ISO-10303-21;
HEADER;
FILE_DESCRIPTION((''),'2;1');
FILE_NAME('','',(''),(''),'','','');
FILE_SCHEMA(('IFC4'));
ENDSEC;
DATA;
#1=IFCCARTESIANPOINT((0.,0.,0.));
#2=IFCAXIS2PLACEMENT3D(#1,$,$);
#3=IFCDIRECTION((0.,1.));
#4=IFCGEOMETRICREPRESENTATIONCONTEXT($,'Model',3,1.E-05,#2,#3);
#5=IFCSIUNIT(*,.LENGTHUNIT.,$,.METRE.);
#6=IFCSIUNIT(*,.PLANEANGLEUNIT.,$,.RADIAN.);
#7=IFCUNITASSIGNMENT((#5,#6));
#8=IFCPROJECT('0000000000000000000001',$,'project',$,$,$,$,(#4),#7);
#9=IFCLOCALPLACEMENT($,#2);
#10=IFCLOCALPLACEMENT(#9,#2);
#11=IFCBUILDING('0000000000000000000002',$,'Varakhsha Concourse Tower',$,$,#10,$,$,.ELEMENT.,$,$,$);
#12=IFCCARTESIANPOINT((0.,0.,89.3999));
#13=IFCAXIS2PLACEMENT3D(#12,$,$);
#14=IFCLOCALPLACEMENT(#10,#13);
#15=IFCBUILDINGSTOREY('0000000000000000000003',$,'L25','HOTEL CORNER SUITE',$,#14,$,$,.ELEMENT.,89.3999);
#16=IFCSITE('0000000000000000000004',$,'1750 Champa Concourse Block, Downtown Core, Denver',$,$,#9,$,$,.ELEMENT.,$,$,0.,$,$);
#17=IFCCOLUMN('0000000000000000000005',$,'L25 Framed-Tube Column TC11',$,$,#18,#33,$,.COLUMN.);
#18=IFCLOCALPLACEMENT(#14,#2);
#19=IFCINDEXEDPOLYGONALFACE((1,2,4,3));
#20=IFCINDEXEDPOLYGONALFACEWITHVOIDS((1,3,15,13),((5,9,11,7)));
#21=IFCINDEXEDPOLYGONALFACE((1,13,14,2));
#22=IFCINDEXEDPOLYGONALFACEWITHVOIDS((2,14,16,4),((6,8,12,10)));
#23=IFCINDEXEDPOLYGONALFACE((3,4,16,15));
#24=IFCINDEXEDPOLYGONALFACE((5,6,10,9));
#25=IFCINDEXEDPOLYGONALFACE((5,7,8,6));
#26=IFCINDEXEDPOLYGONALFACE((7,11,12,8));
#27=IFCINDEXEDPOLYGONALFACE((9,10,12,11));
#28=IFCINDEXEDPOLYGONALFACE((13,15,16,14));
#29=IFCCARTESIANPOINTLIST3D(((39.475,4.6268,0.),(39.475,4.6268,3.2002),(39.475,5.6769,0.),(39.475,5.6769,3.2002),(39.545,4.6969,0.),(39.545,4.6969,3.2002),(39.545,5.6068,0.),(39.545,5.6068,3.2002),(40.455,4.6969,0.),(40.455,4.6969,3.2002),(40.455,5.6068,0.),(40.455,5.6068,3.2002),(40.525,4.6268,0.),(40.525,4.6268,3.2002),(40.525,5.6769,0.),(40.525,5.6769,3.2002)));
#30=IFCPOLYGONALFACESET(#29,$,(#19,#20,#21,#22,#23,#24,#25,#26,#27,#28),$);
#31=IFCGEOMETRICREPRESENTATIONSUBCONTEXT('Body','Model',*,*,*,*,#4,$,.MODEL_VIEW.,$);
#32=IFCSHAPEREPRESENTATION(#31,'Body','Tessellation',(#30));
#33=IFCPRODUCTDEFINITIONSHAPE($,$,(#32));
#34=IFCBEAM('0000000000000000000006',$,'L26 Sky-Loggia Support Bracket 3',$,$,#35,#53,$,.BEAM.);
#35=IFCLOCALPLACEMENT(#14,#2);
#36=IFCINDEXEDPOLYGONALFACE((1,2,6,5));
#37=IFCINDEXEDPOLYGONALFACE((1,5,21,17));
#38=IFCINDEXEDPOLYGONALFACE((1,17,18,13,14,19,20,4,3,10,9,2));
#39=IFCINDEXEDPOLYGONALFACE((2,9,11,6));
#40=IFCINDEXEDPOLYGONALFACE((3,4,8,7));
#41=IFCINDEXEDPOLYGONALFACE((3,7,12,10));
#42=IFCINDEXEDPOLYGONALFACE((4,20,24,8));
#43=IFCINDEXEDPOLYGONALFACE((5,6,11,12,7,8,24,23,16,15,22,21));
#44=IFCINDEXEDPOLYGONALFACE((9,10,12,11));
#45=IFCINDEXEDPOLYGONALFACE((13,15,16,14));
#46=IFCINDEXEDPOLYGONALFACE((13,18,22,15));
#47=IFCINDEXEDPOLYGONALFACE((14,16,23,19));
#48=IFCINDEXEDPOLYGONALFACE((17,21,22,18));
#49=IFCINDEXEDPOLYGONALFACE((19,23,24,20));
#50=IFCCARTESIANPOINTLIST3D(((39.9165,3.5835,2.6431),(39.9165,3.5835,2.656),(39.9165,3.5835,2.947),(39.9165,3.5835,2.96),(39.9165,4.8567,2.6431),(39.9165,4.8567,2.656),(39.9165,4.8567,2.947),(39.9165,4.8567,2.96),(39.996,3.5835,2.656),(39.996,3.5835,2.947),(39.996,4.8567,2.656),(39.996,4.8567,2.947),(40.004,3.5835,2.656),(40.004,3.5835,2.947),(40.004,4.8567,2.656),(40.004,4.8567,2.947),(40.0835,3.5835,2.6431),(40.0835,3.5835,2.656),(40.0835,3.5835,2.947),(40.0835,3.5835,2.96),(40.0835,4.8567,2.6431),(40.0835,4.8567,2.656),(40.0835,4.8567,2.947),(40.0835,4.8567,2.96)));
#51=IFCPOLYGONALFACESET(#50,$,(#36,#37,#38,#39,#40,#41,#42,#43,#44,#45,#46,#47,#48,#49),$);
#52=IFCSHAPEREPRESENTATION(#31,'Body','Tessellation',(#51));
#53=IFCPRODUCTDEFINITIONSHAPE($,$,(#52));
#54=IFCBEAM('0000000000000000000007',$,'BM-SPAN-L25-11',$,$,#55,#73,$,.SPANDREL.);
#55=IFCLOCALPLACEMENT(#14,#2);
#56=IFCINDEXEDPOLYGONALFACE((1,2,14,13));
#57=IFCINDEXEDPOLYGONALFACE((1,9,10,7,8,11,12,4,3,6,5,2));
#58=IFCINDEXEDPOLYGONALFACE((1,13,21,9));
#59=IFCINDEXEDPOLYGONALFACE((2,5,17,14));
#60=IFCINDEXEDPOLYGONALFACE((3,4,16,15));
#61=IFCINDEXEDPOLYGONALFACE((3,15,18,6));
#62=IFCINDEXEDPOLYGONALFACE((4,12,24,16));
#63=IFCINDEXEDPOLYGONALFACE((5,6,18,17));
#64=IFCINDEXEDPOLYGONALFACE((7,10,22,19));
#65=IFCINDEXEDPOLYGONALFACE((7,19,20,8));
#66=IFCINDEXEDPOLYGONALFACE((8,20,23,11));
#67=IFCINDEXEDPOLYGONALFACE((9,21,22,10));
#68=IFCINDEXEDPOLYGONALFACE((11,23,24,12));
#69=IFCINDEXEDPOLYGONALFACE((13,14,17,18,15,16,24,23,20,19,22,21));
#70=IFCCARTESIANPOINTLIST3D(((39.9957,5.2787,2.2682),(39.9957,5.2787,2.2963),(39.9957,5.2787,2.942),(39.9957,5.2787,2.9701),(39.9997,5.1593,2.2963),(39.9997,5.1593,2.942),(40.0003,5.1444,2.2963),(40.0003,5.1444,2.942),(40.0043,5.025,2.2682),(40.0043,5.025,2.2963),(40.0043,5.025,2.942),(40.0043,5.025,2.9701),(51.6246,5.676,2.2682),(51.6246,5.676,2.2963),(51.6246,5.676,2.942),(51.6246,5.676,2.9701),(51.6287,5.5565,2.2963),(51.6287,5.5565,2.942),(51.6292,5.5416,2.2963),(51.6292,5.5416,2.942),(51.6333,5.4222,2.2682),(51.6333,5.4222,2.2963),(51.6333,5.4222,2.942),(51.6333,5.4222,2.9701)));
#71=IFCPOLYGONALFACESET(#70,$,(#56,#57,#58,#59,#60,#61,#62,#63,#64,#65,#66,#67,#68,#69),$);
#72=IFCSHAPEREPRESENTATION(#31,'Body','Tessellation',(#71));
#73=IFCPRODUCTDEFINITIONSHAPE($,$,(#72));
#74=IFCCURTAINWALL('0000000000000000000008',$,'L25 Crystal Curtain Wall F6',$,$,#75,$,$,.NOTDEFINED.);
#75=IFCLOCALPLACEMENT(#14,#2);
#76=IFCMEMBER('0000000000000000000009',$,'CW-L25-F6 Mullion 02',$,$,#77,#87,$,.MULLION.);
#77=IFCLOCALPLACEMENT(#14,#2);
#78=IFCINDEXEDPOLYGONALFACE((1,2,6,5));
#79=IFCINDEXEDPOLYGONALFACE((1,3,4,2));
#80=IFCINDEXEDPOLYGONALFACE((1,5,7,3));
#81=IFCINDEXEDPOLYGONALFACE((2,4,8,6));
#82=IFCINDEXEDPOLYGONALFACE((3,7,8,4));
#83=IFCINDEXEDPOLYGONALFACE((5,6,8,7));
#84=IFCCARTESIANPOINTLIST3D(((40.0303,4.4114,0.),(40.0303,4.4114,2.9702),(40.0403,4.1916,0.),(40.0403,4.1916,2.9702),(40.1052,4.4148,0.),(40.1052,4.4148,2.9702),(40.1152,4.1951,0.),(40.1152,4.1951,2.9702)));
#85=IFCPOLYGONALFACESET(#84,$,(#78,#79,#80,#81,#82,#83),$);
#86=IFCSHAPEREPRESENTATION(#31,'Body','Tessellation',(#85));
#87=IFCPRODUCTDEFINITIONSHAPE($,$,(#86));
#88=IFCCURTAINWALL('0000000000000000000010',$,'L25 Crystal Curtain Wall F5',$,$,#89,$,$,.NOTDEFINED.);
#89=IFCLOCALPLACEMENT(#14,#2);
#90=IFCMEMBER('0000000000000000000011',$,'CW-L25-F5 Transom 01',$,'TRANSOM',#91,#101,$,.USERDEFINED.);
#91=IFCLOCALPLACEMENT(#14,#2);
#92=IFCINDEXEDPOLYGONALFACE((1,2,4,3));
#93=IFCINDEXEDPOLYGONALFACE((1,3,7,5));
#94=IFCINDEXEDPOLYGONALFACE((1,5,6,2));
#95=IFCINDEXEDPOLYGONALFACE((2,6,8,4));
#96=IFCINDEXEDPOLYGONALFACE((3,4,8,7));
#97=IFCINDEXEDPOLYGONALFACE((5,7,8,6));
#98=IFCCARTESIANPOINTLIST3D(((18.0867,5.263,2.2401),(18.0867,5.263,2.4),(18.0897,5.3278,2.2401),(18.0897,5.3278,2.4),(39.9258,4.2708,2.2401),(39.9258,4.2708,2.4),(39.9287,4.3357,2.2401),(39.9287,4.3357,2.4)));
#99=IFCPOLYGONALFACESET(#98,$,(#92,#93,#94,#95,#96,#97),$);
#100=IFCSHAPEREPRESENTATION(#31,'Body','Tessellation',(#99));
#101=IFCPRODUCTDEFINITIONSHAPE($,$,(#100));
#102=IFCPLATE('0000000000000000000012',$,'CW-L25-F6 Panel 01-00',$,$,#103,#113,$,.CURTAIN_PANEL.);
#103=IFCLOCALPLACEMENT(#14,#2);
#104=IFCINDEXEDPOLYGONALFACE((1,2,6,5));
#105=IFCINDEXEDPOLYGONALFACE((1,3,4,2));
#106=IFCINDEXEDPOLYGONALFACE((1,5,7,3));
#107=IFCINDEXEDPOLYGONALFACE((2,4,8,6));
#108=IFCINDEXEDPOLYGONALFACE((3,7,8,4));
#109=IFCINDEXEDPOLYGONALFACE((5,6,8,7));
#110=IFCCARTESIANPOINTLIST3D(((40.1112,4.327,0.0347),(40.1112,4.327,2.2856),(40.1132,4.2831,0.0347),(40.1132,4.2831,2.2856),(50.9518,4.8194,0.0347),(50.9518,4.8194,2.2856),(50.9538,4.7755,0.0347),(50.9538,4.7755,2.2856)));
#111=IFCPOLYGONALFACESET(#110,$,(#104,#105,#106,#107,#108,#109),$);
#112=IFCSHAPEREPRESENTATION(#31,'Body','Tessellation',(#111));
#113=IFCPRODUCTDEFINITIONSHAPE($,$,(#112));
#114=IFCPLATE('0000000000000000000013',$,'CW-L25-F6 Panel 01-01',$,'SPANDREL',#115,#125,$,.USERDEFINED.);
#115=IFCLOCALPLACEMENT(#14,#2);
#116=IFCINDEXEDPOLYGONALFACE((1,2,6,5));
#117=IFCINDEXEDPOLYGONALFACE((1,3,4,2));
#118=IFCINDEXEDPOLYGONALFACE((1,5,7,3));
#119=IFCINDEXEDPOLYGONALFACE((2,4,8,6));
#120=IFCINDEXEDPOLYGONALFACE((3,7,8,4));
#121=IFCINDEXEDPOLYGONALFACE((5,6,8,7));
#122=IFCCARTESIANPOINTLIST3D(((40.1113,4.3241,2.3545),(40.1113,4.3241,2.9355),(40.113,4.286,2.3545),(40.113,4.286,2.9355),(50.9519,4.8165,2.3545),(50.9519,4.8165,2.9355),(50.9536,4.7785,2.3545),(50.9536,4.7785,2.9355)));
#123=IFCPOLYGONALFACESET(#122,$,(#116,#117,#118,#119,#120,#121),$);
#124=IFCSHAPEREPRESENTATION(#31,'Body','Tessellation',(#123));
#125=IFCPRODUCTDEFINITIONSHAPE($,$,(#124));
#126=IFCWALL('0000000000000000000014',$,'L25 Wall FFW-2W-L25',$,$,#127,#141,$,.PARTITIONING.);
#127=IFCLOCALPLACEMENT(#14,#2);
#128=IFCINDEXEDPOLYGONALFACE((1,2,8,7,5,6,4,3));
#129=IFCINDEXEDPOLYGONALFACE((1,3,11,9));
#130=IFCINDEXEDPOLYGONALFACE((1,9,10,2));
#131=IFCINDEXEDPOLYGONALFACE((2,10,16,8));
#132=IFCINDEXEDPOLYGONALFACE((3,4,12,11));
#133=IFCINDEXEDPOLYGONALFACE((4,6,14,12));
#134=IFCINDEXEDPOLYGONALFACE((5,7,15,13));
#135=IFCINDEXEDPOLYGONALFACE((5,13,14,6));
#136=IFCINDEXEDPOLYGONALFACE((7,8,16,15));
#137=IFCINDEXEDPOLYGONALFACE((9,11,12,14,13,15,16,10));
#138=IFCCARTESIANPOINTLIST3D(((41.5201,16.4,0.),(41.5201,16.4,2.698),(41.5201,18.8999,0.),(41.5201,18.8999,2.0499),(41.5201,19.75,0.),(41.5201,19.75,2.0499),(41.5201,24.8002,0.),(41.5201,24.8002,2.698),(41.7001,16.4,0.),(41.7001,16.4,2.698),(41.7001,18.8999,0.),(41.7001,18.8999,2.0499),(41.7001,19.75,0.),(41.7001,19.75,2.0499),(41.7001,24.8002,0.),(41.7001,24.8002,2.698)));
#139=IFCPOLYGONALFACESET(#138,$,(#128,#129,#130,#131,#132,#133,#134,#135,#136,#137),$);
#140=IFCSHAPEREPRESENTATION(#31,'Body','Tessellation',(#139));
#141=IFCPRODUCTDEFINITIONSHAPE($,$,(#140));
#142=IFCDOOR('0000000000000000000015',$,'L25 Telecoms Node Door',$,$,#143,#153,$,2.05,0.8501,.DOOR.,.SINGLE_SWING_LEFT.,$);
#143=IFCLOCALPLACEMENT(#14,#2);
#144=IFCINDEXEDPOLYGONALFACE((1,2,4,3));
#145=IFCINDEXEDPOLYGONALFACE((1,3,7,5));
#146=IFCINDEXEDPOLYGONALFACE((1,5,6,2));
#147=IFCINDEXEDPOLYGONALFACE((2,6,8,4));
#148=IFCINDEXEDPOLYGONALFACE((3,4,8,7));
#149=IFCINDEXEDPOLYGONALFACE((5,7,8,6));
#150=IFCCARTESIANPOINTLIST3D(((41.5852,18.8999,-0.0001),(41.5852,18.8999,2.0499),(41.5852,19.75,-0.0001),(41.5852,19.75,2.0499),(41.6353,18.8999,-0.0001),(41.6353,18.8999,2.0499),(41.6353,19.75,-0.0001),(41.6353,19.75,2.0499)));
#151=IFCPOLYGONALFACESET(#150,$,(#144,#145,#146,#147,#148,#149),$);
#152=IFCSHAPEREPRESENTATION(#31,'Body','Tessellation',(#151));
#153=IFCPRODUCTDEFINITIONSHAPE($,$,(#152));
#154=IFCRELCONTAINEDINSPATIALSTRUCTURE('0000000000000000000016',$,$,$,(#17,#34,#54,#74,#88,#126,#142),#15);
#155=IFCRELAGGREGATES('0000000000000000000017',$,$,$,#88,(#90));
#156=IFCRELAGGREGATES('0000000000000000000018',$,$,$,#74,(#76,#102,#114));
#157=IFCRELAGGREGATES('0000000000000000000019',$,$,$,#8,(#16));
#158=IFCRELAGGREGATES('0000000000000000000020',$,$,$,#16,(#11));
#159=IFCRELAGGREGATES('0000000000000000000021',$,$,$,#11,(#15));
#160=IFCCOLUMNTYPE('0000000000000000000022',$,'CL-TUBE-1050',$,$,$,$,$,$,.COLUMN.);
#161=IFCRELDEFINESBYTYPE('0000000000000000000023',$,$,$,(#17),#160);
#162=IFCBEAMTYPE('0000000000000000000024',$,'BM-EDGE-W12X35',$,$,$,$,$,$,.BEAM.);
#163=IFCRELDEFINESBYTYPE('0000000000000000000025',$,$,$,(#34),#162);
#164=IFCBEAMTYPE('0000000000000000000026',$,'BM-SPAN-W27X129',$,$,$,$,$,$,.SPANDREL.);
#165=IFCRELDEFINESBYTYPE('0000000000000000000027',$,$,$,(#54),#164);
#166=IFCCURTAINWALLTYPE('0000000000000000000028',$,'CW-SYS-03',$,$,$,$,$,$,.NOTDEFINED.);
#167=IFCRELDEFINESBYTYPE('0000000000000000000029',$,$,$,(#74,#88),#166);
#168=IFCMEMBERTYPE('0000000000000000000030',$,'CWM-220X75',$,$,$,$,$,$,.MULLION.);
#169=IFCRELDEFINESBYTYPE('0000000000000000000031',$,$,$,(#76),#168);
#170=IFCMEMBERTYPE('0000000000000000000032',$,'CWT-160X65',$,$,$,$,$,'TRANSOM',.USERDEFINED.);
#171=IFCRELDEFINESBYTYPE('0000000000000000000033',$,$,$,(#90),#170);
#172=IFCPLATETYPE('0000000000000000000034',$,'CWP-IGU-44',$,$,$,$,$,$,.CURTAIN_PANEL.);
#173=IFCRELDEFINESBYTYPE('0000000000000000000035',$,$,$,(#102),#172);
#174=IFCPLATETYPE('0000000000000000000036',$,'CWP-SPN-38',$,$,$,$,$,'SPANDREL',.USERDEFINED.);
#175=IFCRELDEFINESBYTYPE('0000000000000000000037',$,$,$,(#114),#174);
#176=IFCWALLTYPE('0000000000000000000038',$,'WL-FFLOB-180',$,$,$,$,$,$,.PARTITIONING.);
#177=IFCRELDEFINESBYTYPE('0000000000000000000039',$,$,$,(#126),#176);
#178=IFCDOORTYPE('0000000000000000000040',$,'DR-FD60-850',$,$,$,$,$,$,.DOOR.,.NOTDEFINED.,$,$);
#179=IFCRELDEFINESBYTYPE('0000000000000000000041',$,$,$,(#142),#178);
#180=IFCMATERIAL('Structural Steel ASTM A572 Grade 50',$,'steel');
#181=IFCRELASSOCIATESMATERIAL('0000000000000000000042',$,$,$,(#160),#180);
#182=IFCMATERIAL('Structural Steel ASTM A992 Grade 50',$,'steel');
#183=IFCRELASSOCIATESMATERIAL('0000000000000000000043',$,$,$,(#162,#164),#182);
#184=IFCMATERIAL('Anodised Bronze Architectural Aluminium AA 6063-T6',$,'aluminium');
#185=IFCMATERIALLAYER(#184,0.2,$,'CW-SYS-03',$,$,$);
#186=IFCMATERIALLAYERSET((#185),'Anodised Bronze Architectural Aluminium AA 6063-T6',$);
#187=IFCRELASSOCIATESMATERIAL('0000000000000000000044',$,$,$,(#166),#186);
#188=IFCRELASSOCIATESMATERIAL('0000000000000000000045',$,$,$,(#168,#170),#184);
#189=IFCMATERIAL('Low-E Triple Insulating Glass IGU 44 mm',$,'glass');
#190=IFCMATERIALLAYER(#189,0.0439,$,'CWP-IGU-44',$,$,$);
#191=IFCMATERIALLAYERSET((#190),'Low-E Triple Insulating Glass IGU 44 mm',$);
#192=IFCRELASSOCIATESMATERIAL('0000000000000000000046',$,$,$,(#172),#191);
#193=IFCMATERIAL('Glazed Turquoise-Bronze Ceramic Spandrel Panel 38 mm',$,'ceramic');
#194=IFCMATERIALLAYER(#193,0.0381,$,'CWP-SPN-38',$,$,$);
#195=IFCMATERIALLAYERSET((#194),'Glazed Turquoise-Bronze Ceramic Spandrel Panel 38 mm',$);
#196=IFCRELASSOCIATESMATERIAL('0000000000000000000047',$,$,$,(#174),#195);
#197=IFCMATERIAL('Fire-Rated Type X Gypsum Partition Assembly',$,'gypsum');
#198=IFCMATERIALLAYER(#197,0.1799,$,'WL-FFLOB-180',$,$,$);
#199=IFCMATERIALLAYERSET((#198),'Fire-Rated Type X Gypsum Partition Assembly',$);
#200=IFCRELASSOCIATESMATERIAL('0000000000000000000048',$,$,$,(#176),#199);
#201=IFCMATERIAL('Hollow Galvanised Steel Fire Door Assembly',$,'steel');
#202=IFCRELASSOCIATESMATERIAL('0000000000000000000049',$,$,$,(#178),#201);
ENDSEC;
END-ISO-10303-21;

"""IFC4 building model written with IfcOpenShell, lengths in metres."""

from ifc_helpers import new_model, si_unit, direction, frame, frame_2d, origin, origin_2d, place, context, subcontext, project, spatial, rectangle, hollow_rectangle, i_section, extrude, source, transform, mapped, material, layer, layer_set, material_profile, profile_set, type_object, type_shapes, element, fill, aggregate, save


model = new_model("IFC4")

# Units and contexts
model_context = context("Model", 3, precision=1e-05, world=origin(), true_north=direction((0.0, 1.0)))
body_context = subcontext(model_context, "Body", "Model", "MODEL_VIEW")
ifc_project = project(units=[si_unit("LENGTHUNIT", "METRE"), si_unit("PLANEANGLEUNIT", "RADIAN")], contexts=[model_context])

# Site, building, storey
site_placement = place(None, origin())
site = spatial("IfcSite", under=ifc_project, at=site_placement, Name="1750 Champa Concourse Block, Downtown Core, Denver", CompositionType="ELEMENT", RefElevation=0.0)
building_placement = place(site_placement, origin())
building = spatial("IfcBuilding", under=site, at=building_placement, Name="Varakhsha Concourse Tower", CompositionType="ELEMENT")
storey_placement = place(building_placement, frame((0.0, 0.0, 89.3999)))
storey = spatial("IfcBuildingStorey", under=building, at=storey_placement, Name="L25", Description="HOTEL CORNER SUITE", CompositionType="ELEMENT", Elevation=89.3999)

# Column
ifc_material_1 = material(Name="Structural Steel ASTM A572 Grade 50", Category="steel")
ifc_material_profile_1 = material_profile(ifc_material_1, hollow_rectangle(XDim=1.05, YDim=1.05, WallThickness=0.0701, at=origin_2d()), Name="BOX 1050x1050x70")
ifc_profile_set_1 = profile_set([ifc_material_profile_1], Name="Structural Steel ASTM A572 Grade 50")
column_type = type_object("IfcColumnType", Name="CL-TUBE-1050", PredefinedType="COLUMN", material=ifc_profile_set_1)
column_placement = place(storey_placement, frame((40.0, 5.1519, 0.0), z_axis=(0.0, 0.0, 1.0), x_axis=(1.0, 0.0, 0.0)))
element("IfcColumn", 1, at=column_placement, inside=storey, type_object=column_type, Name="L25 Framed-Tube Column TC11", PredefinedType="COLUMN", context=body_context, shape_type="SweptSolid", body=[
    extrude(hollow_rectangle(XDim=1.05, YDim=1.05, WallThickness=0.0701, at=origin_2d()), origin(), (0.0, 0.0, 1.0), 3.2002),
])

# Beams
ifc_material_2 = material(Name="Structural Steel ASTM A992 Grade 50", Category="steel")
ifc_material_profile_2 = material_profile(ifc_material_2, i_section(OverallWidth=0.167, OverallDepth=0.3169, WebThickness=0.0081, FlangeThickness=0.0129, at=origin_2d()), Name="W12X35")
ifc_profile_set_2 = profile_set([ifc_material_profile_2], Name="Structural Steel ASTM A992 Grade 50")
beam_type_1 = type_object("IfcBeamType", Name="BM-EDGE-W12X35", PredefinedType="BEAM", material=ifc_profile_set_2)
beam_1_placement = place(storey_placement, frame((40.0, 4.8567, 2.8015), z_axis=(0.0, -1.0, 0.0), x_axis=(1.0, 0.0, 0.0)))
element("IfcBeam", 2, at=beam_1_placement, inside=storey, type_object=beam_type_1, Name="L26 Sky-Loggia Support Bracket 3", PredefinedType="BEAM", context=body_context, shape_type="SweptSolid", body=[
    extrude(i_section(OverallWidth=0.167, OverallDepth=0.3169, WebThickness=0.0081, FlangeThickness=0.0129, at=origin_2d()), origin(), (0.0, 0.0, 1.0), 1.2732),
])
ifc_material_profile_3 = material_profile(ifc_material_2, i_section(OverallWidth=0.2539, OverallDepth=0.7019, WebThickness=0.0149, FlangeThickness=0.0281, at=origin_2d()), Name="W27X129")
ifc_profile_set_3 = profile_set([ifc_material_profile_3], Name="Structural Steel ASTM A992 Grade 50")
beam_type_2 = type_object("IfcBeamType", Name="BM-SPAN-W27X129", PredefinedType="SPANDREL", material=ifc_profile_set_3)
beam_2_placement = place(storey_placement, frame((40.0, 5.1519, 2.6191), z_axis=(0.999417, 0.034138, 0.0), x_axis=(-0.034138, 0.999417, 0.0)))
element("IfcBeam", 3, at=beam_2_placement, inside=storey, type_object=beam_type_2, Name="BM-SPAN-L25-11", PredefinedType="SPANDREL", context=body_context, shape_type="SweptSolid", body=[
    extrude(i_section(OverallWidth=0.2539, OverallDepth=0.7019, WebThickness=0.0149, FlangeThickness=0.0281, at=origin_2d()), origin(), (0.0, 0.0, 1.0), 11.6357),
])

# Curtain walls, members
ifc_material_3 = material(Name="Anodised Bronze Architectural Aluminium AA 6063-T6", Category="aluminium")
ifc_layer_1 = layer(ifc_material_3, 0.2, Name="CW-SYS-03")
ifc_layer_set_1 = layer_set([ifc_layer_1], Name="Anodised Bronze Architectural Aluminium AA 6063-T6")
curtain_wall_type = type_object("IfcCurtainWallType", Name="CW-SYS-03", PredefinedType="NOTDEFINED", material=ifc_layer_set_1)
curtain_wall_1_placement = place(storey_placement, origin())
curtain_wall_1 = element("IfcCurtainWall", 4, at=curtain_wall_1_placement, inside=storey, type_object=curtain_wall_type, Name="L25 Crystal Curtain Wall F6", PredefinedType="NOTDEFINED")
ifc_material_profile_4 = material_profile(ifc_material_3, rectangle(XDim=0.075, YDim=0.22, at=origin_2d()), Name="CWM-220X75")
ifc_profile_set_4 = profile_set([ifc_material_profile_4], Name="Anodised Bronze Architectural Aluminium AA 6063-T6")
member_type_1 = type_object("IfcMemberType", Name="CWM-220X75", PredefinedType="MULLION", material=ifc_profile_set_4)
shared_shape_1 = source(origin(), body_context, "Body", "SweptSolid", [
    extrude(rectangle(XDim=0.075, YDim=0.22, at=origin_2d()), origin(), (0.0, 0.0, 1.0), 2.9702),
])
type_shapes(member_type_1, [shared_shape_1])
member_1_placement = place(storey_placement, frame((40.0728, 4.3032, 0.0), z_axis=(0.0, 0.0, 1.0), x_axis=(-0.99897, -0.04538, 0.0)))
member_1 = element("IfcMember", 5, at=member_1_placement, type_object=member_type_1, Name="CW-L25-F6 Mullion 02", PredefinedType="MULLION", context=body_context, shape_type="MappedRepresentation", body=[
    mapped(shared_shape_1, transform((0.0, 0.0, 0.0), scale=1.0)),
])
curtain_wall_2_placement = place(storey_placement, origin())
curtain_wall_2 = element("IfcCurtainWall", 6, at=curtain_wall_2_placement, inside=storey, type_object=curtain_wall_type, Name="L25 Crystal Curtain Wall F5", PredefinedType="NOTDEFINED")
ifc_material_profile_5 = material_profile(ifc_material_3, rectangle(XDim=0.0649, YDim=0.1599, at=origin_2d()), Name="CWT-160X65")
ifc_profile_set_5 = profile_set([ifc_material_profile_5], Name="Anodised Bronze Architectural Aluminium AA 6063-T6")
member_type_2 = type_object("IfcMemberType", Name="CWT-160X65", ElementType="TRANSOM", PredefinedType="USERDEFINED", material=ifc_profile_set_5)
shared_shape_2 = source(origin(), body_context, "Body", "SweptSolid", [
    extrude(rectangle(XDim=0.0649, YDim=0.1599, at=origin_2d()), origin(), (0.0, 0.0, 1.0), 21.8616),
])
type_shapes(member_type_2, [shared_shape_2])
member_2_placement = place(storey_placement, frame((39.9272, 4.3032, 2.3201), z_axis=(-0.99897, 0.045385, 0.0), x_axis=(-0.045385, -0.99897, 0.0)))
member_2 = element("IfcMember", 7, at=member_2_placement, type_object=member_type_2, Name="CW-L25-F5 Transom 01", ObjectType="TRANSOM", PredefinedType="USERDEFINED", context=body_context, shape_type="MappedRepresentation", body=[
    mapped(shared_shape_2, transform((0.0, 0.0, 0.0), scale=1.0)),
])
aggregate(curtain_wall_2, [member_2])

# Plates
ifc_material_4 = material(Name="Low-E Triple Insulating Glass IGU 44 mm", Category="glass")
ifc_layer_2 = layer(ifc_material_4, 0.0439, Name="CWP-IGU-44")
ifc_layer_set_2 = layer_set([ifc_layer_2], Name="Low-E Triple Insulating Glass IGU 44 mm")
plate_type_1 = type_object("IfcPlateType", Name="CWP-IGU-44", PredefinedType="CURTAIN_PANEL", material=ifc_layer_set_2)
shared_shape_3 = source(origin(), body_context, "Body", "SweptSolid", [
    extrude(rectangle(XDim=10.8518, YDim=0.0439, at=origin_2d()), origin(), (0.0, 0.0, 1.0), 2.251),
])
type_shapes(plate_type_1, [shared_shape_3])
plate_1_placement = place(storey_placement, frame((45.5325, 4.5513, 0.0347), z_axis=(0.0, 0.0, 1.0), x_axis=(-0.99897, -0.04538, 0.0)))
plate_1 = element("IfcPlate", 8, at=plate_1_placement, type_object=plate_type_1, Name="CW-L25-F6 Panel 01-00", PredefinedType="CURTAIN_PANEL", context=body_context, shape_type="MappedRepresentation", body=[
    mapped(shared_shape_3, transform((0.0, 0.0, 0.0), scale=1.0)),
])
ifc_material_5 = material(Name="Glazed Turquoise-Bronze Ceramic Spandrel Panel 38 mm", Category="ceramic")
ifc_layer_3 = layer(ifc_material_5, 0.0381, Name="CWP-SPN-38")
ifc_layer_set_3 = layer_set([ifc_layer_3], Name="Glazed Turquoise-Bronze Ceramic Spandrel Panel 38 mm")
plate_type_2 = type_object("IfcPlateType", Name="CWP-SPN-38", ElementType="SPANDREL", PredefinedType="USERDEFINED", material=ifc_layer_set_3)
shared_shape_4 = source(origin(), body_context, "Body", "SweptSolid", [
    extrude(rectangle(XDim=10.8518, YDim=0.0381, at=origin_2d()), origin(), (0.0, 0.0, 1.0), 0.5811),
])
type_shapes(plate_type_2, [shared_shape_4])
plate_2_placement = place(storey_placement, frame((45.5325, 4.5513, 2.3545), z_axis=(0.0, 0.0, 1.0), x_axis=(-0.99897, -0.04538, 0.0)))
plate_2 = element("IfcPlate", 9, at=plate_2_placement, type_object=plate_type_2, Name="CW-L25-F6 Panel 01-01", ObjectType="SPANDREL", PredefinedType="USERDEFINED", context=body_context, shape_type="MappedRepresentation", body=[
    mapped(shared_shape_4, transform((0.0, 0.0, 0.0), scale=1.0)),
])
aggregate(curtain_wall_1, [member_1, plate_1, plate_2])

# Wall, opening, door
ifc_material_6 = material(Name="Fire-Rated Type X Gypsum Partition Assembly", Category="gypsum")
ifc_layer_4 = layer(ifc_material_6, 0.1799, Name="WL-FFLOB-180")
ifc_layer_set_4 = layer_set([ifc_layer_4], Name="Fire-Rated Type X Gypsum Partition Assembly")
wall_type_1 = type_object("IfcWallType", Name="WL-FFLOB-180", PredefinedType="PARTITIONING", material=ifc_layer_set_4)
wall_1_placement = place(storey_placement, frame((41.6101, 16.3999, 0.0), z_axis=(0.0, 0.0, 1.0), x_axis=(0.0, 1.0, 0.0)))
wall_1 = element("IfcWall", 10, at=wall_1_placement, inside=storey, type_object=wall_type_1, Name="L25 Wall FFW-2W-L25", PredefinedType="PARTITIONING", context=body_context, shape_type="SweptSolid", body=[
    extrude(rectangle(XDim=8.4001, YDim=0.1799, at=frame_2d((4.2002, 0.0))), origin(), (0.0, 0.0, 1.0), 2.698),
])
opening_1_placement = place(wall_1_placement, frame((2.5, 0.0, 0.0)))
opening_1 = element("IfcOpeningElement", 11, at=opening_1_placement, cuts=wall_1, PredefinedType="OPENING", context=body_context, shape_type="SweptSolid", body=[
    extrude(rectangle(XDim=0.8501, YDim=2.05, at=frame_2d((0.425, 1.0249))), frame((0.0, 0.0999, 0.0), z_axis=(0.0, -1.0, 0.0), x_axis=(1.0, 0.0, 0.0)), (0.0, 0.0, 1.0), 0.2),
])
ifc_material_7 = material(Name="Hollow Galvanised Steel Fire Door Assembly", Category="steel")
door_type_1 = type_object("IfcDoorType", Name="DR-FD60-850", OperationType="NOTDEFINED", PredefinedType="DOOR", material=ifc_material_7)
door_1_placement = place(opening_1_placement, origin())
door_1 = element("IfcDoor", 12, at=door_1_placement, inside=storey, type_object=door_type_1, Name="L25 Telecoms Node Door", OperationType="SINGLE_SWING_LEFT", OverallHeight=2.05, OverallWidth=0.8501, PredefinedType="DOOR", context=body_context, shape_type="SweptSolid", body=[
    extrude(rectangle(XDim=0.8501, YDim=2.05, at=frame_2d((0.425, 1.0249))), frame((0.0, 0.0249, 0.0), z_axis=(0.0, -1.0, 0.0), x_axis=(1.0, 0.0, 0.0)), (0.0, 0.0, 1.0), 0.05),
])
fill(opening_1, door_1)

save(model, "model.ifc")
